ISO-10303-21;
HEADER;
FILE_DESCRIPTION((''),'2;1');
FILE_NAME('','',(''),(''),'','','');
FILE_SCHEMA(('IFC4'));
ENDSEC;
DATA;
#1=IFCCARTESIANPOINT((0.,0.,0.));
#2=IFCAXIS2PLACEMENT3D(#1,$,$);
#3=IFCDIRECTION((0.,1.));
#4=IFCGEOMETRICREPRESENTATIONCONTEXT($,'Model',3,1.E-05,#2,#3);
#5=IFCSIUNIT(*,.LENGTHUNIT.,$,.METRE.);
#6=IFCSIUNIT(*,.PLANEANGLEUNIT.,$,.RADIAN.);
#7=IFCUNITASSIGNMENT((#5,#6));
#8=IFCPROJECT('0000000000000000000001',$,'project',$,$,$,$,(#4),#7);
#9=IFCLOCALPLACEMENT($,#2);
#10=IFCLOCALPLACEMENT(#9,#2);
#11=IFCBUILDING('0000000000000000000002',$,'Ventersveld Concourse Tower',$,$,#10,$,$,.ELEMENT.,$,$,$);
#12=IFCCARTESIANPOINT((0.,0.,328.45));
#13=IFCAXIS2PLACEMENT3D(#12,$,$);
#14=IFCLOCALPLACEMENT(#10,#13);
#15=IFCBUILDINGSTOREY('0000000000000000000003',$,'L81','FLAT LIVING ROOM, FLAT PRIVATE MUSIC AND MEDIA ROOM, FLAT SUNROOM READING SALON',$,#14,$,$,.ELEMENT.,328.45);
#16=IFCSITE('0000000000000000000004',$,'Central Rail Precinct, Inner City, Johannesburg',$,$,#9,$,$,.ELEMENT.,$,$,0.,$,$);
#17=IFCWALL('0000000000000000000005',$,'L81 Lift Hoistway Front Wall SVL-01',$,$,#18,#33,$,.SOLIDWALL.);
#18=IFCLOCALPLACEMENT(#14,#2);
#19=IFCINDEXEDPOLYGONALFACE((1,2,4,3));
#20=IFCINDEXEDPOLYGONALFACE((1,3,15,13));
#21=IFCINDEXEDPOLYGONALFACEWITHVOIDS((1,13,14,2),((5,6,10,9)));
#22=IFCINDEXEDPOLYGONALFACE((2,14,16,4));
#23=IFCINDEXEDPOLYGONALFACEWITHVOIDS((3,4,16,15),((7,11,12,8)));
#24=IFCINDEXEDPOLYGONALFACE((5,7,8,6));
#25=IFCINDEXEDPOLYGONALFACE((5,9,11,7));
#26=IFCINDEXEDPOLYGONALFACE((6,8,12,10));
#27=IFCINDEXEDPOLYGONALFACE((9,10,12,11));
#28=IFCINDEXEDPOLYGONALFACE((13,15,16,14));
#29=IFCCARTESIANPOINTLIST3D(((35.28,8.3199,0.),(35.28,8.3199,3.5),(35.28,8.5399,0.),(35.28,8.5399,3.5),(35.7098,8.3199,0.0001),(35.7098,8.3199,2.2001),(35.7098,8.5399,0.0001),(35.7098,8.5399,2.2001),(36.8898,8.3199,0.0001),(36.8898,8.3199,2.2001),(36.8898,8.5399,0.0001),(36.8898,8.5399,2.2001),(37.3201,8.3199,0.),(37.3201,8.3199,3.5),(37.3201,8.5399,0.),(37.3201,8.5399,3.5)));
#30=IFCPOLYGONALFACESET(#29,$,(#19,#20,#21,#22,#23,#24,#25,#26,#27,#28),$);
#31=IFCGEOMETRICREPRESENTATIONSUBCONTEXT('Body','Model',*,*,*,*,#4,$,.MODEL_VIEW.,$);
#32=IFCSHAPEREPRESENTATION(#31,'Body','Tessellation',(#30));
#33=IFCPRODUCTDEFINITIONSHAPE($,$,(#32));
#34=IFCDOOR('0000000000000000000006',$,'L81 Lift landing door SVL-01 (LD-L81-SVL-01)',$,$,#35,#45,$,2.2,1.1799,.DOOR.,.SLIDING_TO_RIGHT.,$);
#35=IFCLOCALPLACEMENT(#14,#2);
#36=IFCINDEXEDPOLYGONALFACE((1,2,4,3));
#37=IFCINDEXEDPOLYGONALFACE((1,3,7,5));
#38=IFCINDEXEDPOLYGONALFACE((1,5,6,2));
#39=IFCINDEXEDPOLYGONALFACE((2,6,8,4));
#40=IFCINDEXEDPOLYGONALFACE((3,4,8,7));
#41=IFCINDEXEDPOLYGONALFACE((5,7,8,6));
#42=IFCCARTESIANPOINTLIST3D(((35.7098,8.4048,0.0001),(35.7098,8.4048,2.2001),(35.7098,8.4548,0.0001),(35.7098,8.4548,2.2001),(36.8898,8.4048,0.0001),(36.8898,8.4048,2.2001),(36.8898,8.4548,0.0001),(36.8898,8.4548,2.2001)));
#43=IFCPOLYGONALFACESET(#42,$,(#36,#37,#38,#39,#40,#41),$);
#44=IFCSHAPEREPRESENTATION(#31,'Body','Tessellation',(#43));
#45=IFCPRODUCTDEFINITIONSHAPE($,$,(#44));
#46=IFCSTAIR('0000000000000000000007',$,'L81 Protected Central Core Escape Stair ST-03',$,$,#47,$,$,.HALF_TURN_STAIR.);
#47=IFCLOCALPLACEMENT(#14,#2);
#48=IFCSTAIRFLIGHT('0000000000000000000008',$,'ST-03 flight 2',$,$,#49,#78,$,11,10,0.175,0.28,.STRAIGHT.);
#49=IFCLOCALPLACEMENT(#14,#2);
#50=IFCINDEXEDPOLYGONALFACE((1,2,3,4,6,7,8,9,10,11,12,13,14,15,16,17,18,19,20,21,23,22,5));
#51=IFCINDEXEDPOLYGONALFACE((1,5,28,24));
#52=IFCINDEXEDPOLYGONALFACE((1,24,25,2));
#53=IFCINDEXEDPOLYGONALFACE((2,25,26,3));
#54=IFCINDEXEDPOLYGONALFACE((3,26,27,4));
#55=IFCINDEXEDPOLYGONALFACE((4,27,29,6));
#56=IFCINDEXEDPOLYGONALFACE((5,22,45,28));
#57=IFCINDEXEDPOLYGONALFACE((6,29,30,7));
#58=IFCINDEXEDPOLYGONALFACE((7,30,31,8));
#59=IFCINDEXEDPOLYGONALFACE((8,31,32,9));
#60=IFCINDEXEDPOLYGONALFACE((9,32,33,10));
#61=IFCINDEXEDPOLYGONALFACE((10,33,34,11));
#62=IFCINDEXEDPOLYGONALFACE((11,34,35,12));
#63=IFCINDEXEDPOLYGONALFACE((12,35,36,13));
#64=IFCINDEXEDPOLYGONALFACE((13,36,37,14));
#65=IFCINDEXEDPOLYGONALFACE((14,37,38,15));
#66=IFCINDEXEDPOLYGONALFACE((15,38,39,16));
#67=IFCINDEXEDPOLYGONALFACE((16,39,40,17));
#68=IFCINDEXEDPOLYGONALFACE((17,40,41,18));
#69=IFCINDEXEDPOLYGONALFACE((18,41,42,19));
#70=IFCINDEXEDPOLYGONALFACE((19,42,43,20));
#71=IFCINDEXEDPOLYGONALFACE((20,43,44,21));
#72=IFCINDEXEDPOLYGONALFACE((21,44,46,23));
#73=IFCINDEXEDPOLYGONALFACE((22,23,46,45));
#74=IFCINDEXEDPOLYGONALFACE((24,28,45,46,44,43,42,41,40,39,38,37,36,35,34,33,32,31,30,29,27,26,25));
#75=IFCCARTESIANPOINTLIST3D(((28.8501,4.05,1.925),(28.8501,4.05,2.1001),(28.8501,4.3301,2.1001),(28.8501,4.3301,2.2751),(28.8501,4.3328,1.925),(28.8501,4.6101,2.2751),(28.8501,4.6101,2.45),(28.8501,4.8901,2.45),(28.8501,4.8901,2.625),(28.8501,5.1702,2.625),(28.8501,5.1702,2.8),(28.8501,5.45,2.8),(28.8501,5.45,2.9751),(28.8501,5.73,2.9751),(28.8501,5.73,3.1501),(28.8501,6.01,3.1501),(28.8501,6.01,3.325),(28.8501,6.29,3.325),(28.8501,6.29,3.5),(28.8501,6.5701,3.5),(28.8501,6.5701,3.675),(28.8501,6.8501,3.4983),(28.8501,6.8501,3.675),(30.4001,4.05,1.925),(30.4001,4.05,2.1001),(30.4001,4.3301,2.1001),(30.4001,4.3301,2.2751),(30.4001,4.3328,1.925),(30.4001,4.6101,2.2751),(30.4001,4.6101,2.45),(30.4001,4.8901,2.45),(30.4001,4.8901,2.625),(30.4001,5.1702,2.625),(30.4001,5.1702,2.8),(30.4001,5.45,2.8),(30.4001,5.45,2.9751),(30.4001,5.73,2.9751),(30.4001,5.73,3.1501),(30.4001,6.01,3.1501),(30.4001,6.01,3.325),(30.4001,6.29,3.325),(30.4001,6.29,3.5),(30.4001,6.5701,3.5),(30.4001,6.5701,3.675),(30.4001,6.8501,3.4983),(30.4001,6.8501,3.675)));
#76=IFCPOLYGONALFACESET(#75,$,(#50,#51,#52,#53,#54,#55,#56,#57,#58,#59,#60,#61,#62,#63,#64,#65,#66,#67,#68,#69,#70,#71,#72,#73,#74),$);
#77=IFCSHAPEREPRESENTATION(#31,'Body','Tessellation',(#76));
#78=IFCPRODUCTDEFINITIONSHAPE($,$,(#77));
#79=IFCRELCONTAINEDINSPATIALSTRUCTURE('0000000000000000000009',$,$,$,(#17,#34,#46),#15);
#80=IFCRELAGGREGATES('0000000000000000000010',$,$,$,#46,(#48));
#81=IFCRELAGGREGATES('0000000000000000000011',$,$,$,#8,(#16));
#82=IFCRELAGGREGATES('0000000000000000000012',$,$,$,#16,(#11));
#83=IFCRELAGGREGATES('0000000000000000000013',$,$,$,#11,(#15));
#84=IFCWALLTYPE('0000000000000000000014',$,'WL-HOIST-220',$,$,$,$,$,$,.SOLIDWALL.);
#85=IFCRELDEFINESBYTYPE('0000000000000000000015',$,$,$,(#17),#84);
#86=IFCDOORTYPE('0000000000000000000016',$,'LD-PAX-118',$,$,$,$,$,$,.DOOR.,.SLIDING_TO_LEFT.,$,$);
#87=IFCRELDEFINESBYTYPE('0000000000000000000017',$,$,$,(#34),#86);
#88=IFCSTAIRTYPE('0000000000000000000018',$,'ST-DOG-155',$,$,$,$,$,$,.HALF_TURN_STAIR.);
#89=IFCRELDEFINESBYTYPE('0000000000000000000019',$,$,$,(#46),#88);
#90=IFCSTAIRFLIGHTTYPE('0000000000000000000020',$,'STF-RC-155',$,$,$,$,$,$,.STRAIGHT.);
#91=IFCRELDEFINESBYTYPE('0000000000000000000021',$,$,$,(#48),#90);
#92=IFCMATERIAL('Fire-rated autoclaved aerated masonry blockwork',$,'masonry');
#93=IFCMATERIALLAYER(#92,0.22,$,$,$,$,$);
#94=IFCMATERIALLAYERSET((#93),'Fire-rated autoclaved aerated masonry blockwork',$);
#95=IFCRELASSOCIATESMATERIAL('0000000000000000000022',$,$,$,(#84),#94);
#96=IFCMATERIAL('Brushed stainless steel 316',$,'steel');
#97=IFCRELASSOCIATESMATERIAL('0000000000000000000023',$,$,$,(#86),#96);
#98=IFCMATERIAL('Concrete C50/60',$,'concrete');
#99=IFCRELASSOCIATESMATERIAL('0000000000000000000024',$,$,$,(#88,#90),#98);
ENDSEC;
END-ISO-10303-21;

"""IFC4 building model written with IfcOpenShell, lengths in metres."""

from ifc_helpers import new_model, si_unit, direction, frame, frame_2d, origin, place, context, subcontext, project, spatial, polyline, rectangle, outline, extrude, material, layer, layer_set, type_object, element, fill, aggregate, save


model = new_model("IFC4")

# Units and contexts
model_context = context("Model", 3, precision=1e-05, world=origin(), true_north=direction((0.0, 1.0)))
body_context = subcontext(model_context, "Body", "Model", "MODEL_VIEW")
ifc_project = project(units=[si_unit("LENGTHUNIT", "METRE"), si_unit("PLANEANGLEUNIT", "RADIAN")], contexts=[model_context])

# Site, building, storey
site_placement = place(None, origin())
site = spatial("IfcSite", under=ifc_project, at=site_placement, Name="Central Rail Precinct, Inner City, Johannesburg", CompositionType="ELEMENT", RefElevation=0.0)
building_placement = place(site_placement, origin())
building = spatial("IfcBuilding", under=site, at=building_placement, Name="Ventersveld Concourse Tower", CompositionType="ELEMENT")
storey_placement = place(building_placement, frame((0.0, 0.0, 328.45)))
storey = spatial("IfcBuildingStorey", under=building, at=storey_placement, Name="L81", Description="FLAT LIVING ROOM, FLAT PRIVATE MUSIC AND MEDIA ROOM, FLAT SUNROOM READING SALON", CompositionType="ELEMENT", Elevation=328.45)

# Shared definitions
ifc_material_1 = material(Name="Concrete C50/60", Category="concrete")

# Shared definitions
ifc_material_2 = material(Name="Fire-rated autoclaved aerated masonry blockwork", Category="masonry")

# Shared definitions
ifc_layer_1 = layer(ifc_material_2, 0.22)
ifc_layer_set_1 = layer_set([ifc_layer_1], Name="Fire-rated autoclaved aerated masonry blockwork")
wall_type_1 = type_object("IfcWallType", Name="WL-HOIST-220", PredefinedType="SOLIDWALL", material=ifc_layer_set_1)

# Wall, opening, door
wall_1_placement = place(storey_placement, frame((35.28, 8.4299, 0.0), z_axis=(0.0, 0.0, 1.0), x_axis=(1.0, 0.0, 0.0)))
wall_1 = element("IfcWall", 1, at=wall_1_placement, inside=storey, type_object=wall_type_1, Name="L81 Lift Hoistway Front Wall SVL-01", PredefinedType="SOLIDWALL", context=body_context, shape_type="SweptSolid", body=[
    extrude(rectangle(XDim=2.04, YDim=0.22, at=frame_2d((1.02, 0.0))), origin(), (0.0, 0.0, 1.0), 3.5),
])
opening_1_placement = place(wall_1_placement, frame((0.4299, 0.0, 0.0)))
opening_1 = element("IfcOpeningElement", 2, at=opening_1_placement, cuts=wall_1, PredefinedType="OPENING", context=body_context, shape_type="SweptSolid", body=[
    extrude(rectangle(XDim=1.1799, YDim=2.2, at=frame_2d((0.5898, 1.1001))), frame((0.0, 0.1201, 0.0), z_axis=(0.0, -1.0, 0.0), x_axis=(1.0, 0.0, 0.0)), (0.0, 0.0, 1.0), 0.24),
])
ifc_material_3 = material(Name="Brushed stainless steel 316", Category="steel")
door_type_1 = type_object("IfcDoorType", Name="LD-PAX-118", OperationType="SLIDING_TO_LEFT", PredefinedType="DOOR", material=ifc_material_3)
door_1_placement = place(opening_1_placement, origin())
door_1 = element("IfcDoor", 3, at=door_1_placement, inside=storey, type_object=door_type_1, Name="L81 Lift landing door SVL-01 (LD-L81-SVL-01)", OperationType="SLIDING_TO_RIGHT", OverallHeight=2.2, OverallWidth=1.1799, PredefinedType="DOOR", context=body_context, shape_type="SweptSolid", body=[
    extrude(rectangle(XDim=1.1799, YDim=2.2, at=frame_2d((0.5898, 1.1001))), frame((0.0, 0.0249, 0.0), z_axis=(0.0, -1.0, 0.0), x_axis=(1.0, 0.0, 0.0)), (0.0, 0.0, 1.0), 0.05),
])
fill(opening_1, door_1)

# Stair, stair flight
stair_type = type_object("IfcStairType", Name="ST-DOG-155", PredefinedType="HALF_TURN_STAIR", material=ifc_material_1)
stair_placement = place(storey_placement, origin())
stair = element("IfcStair", 4, at=stair_placement, inside=storey, type_object=stair_type, Name="L81 Protected Central Core Escape Stair ST-03", PredefinedType="HALF_TURN_STAIR")
stair_flight_type = type_object("IfcStairFlightType", Name="STF-RC-155", PredefinedType="STRAIGHT", material=ifc_material_1)
stair_flight_placement = place(storey_placement, frame((29.625, 4.05, 1.925), z_axis=(0.0, 0.0, 1.0), x_axis=(0.0, 1.0, 0.0)))
stair_flight = element("IfcStairFlight", 5, at=stair_flight_placement, type_object=stair_flight_type, Name="ST-03 flight 2", NumberOfRisers=11, NumberOfTreads=10, PredefinedType="STRAIGHT", RiserHeight=0.175, TreadLength=0.28, context=body_context, shape_type="SweptSolid", body=[
    extrude(outline(polyline([(0.0, 0.0), (0.0, 0.175), (0.28, 0.175), (0.28, 0.3501), (0.5601, 0.3501), (0.5601, 0.5249), (0.8401, 0.5249), (0.8401, 0.7), (1.1201, 0.7), (1.1201, 0.875), (1.3999, 0.875), (1.3999, 1.05), (1.6799, 1.05), (1.6799, 1.2251), (1.96, 1.2251), (1.96, 1.3999), (2.24, 1.3999), (2.24, 1.575), (2.52, 1.575), (2.52, 1.75), (2.8, 1.75), (2.8, 1.925), (2.8, 1.5732), (0.2827, 0.0), (0.0, 0.0)])), frame((0.0, 0.7749, 0.0), z_axis=(0.0, -1.0, 0.0), x_axis=(1.0, 0.0, 0.0)), (0.0, 0.0, 1.0), 1.55),
])
aggregate(stair, [stair_flight])

save(model, "model.ifc")
